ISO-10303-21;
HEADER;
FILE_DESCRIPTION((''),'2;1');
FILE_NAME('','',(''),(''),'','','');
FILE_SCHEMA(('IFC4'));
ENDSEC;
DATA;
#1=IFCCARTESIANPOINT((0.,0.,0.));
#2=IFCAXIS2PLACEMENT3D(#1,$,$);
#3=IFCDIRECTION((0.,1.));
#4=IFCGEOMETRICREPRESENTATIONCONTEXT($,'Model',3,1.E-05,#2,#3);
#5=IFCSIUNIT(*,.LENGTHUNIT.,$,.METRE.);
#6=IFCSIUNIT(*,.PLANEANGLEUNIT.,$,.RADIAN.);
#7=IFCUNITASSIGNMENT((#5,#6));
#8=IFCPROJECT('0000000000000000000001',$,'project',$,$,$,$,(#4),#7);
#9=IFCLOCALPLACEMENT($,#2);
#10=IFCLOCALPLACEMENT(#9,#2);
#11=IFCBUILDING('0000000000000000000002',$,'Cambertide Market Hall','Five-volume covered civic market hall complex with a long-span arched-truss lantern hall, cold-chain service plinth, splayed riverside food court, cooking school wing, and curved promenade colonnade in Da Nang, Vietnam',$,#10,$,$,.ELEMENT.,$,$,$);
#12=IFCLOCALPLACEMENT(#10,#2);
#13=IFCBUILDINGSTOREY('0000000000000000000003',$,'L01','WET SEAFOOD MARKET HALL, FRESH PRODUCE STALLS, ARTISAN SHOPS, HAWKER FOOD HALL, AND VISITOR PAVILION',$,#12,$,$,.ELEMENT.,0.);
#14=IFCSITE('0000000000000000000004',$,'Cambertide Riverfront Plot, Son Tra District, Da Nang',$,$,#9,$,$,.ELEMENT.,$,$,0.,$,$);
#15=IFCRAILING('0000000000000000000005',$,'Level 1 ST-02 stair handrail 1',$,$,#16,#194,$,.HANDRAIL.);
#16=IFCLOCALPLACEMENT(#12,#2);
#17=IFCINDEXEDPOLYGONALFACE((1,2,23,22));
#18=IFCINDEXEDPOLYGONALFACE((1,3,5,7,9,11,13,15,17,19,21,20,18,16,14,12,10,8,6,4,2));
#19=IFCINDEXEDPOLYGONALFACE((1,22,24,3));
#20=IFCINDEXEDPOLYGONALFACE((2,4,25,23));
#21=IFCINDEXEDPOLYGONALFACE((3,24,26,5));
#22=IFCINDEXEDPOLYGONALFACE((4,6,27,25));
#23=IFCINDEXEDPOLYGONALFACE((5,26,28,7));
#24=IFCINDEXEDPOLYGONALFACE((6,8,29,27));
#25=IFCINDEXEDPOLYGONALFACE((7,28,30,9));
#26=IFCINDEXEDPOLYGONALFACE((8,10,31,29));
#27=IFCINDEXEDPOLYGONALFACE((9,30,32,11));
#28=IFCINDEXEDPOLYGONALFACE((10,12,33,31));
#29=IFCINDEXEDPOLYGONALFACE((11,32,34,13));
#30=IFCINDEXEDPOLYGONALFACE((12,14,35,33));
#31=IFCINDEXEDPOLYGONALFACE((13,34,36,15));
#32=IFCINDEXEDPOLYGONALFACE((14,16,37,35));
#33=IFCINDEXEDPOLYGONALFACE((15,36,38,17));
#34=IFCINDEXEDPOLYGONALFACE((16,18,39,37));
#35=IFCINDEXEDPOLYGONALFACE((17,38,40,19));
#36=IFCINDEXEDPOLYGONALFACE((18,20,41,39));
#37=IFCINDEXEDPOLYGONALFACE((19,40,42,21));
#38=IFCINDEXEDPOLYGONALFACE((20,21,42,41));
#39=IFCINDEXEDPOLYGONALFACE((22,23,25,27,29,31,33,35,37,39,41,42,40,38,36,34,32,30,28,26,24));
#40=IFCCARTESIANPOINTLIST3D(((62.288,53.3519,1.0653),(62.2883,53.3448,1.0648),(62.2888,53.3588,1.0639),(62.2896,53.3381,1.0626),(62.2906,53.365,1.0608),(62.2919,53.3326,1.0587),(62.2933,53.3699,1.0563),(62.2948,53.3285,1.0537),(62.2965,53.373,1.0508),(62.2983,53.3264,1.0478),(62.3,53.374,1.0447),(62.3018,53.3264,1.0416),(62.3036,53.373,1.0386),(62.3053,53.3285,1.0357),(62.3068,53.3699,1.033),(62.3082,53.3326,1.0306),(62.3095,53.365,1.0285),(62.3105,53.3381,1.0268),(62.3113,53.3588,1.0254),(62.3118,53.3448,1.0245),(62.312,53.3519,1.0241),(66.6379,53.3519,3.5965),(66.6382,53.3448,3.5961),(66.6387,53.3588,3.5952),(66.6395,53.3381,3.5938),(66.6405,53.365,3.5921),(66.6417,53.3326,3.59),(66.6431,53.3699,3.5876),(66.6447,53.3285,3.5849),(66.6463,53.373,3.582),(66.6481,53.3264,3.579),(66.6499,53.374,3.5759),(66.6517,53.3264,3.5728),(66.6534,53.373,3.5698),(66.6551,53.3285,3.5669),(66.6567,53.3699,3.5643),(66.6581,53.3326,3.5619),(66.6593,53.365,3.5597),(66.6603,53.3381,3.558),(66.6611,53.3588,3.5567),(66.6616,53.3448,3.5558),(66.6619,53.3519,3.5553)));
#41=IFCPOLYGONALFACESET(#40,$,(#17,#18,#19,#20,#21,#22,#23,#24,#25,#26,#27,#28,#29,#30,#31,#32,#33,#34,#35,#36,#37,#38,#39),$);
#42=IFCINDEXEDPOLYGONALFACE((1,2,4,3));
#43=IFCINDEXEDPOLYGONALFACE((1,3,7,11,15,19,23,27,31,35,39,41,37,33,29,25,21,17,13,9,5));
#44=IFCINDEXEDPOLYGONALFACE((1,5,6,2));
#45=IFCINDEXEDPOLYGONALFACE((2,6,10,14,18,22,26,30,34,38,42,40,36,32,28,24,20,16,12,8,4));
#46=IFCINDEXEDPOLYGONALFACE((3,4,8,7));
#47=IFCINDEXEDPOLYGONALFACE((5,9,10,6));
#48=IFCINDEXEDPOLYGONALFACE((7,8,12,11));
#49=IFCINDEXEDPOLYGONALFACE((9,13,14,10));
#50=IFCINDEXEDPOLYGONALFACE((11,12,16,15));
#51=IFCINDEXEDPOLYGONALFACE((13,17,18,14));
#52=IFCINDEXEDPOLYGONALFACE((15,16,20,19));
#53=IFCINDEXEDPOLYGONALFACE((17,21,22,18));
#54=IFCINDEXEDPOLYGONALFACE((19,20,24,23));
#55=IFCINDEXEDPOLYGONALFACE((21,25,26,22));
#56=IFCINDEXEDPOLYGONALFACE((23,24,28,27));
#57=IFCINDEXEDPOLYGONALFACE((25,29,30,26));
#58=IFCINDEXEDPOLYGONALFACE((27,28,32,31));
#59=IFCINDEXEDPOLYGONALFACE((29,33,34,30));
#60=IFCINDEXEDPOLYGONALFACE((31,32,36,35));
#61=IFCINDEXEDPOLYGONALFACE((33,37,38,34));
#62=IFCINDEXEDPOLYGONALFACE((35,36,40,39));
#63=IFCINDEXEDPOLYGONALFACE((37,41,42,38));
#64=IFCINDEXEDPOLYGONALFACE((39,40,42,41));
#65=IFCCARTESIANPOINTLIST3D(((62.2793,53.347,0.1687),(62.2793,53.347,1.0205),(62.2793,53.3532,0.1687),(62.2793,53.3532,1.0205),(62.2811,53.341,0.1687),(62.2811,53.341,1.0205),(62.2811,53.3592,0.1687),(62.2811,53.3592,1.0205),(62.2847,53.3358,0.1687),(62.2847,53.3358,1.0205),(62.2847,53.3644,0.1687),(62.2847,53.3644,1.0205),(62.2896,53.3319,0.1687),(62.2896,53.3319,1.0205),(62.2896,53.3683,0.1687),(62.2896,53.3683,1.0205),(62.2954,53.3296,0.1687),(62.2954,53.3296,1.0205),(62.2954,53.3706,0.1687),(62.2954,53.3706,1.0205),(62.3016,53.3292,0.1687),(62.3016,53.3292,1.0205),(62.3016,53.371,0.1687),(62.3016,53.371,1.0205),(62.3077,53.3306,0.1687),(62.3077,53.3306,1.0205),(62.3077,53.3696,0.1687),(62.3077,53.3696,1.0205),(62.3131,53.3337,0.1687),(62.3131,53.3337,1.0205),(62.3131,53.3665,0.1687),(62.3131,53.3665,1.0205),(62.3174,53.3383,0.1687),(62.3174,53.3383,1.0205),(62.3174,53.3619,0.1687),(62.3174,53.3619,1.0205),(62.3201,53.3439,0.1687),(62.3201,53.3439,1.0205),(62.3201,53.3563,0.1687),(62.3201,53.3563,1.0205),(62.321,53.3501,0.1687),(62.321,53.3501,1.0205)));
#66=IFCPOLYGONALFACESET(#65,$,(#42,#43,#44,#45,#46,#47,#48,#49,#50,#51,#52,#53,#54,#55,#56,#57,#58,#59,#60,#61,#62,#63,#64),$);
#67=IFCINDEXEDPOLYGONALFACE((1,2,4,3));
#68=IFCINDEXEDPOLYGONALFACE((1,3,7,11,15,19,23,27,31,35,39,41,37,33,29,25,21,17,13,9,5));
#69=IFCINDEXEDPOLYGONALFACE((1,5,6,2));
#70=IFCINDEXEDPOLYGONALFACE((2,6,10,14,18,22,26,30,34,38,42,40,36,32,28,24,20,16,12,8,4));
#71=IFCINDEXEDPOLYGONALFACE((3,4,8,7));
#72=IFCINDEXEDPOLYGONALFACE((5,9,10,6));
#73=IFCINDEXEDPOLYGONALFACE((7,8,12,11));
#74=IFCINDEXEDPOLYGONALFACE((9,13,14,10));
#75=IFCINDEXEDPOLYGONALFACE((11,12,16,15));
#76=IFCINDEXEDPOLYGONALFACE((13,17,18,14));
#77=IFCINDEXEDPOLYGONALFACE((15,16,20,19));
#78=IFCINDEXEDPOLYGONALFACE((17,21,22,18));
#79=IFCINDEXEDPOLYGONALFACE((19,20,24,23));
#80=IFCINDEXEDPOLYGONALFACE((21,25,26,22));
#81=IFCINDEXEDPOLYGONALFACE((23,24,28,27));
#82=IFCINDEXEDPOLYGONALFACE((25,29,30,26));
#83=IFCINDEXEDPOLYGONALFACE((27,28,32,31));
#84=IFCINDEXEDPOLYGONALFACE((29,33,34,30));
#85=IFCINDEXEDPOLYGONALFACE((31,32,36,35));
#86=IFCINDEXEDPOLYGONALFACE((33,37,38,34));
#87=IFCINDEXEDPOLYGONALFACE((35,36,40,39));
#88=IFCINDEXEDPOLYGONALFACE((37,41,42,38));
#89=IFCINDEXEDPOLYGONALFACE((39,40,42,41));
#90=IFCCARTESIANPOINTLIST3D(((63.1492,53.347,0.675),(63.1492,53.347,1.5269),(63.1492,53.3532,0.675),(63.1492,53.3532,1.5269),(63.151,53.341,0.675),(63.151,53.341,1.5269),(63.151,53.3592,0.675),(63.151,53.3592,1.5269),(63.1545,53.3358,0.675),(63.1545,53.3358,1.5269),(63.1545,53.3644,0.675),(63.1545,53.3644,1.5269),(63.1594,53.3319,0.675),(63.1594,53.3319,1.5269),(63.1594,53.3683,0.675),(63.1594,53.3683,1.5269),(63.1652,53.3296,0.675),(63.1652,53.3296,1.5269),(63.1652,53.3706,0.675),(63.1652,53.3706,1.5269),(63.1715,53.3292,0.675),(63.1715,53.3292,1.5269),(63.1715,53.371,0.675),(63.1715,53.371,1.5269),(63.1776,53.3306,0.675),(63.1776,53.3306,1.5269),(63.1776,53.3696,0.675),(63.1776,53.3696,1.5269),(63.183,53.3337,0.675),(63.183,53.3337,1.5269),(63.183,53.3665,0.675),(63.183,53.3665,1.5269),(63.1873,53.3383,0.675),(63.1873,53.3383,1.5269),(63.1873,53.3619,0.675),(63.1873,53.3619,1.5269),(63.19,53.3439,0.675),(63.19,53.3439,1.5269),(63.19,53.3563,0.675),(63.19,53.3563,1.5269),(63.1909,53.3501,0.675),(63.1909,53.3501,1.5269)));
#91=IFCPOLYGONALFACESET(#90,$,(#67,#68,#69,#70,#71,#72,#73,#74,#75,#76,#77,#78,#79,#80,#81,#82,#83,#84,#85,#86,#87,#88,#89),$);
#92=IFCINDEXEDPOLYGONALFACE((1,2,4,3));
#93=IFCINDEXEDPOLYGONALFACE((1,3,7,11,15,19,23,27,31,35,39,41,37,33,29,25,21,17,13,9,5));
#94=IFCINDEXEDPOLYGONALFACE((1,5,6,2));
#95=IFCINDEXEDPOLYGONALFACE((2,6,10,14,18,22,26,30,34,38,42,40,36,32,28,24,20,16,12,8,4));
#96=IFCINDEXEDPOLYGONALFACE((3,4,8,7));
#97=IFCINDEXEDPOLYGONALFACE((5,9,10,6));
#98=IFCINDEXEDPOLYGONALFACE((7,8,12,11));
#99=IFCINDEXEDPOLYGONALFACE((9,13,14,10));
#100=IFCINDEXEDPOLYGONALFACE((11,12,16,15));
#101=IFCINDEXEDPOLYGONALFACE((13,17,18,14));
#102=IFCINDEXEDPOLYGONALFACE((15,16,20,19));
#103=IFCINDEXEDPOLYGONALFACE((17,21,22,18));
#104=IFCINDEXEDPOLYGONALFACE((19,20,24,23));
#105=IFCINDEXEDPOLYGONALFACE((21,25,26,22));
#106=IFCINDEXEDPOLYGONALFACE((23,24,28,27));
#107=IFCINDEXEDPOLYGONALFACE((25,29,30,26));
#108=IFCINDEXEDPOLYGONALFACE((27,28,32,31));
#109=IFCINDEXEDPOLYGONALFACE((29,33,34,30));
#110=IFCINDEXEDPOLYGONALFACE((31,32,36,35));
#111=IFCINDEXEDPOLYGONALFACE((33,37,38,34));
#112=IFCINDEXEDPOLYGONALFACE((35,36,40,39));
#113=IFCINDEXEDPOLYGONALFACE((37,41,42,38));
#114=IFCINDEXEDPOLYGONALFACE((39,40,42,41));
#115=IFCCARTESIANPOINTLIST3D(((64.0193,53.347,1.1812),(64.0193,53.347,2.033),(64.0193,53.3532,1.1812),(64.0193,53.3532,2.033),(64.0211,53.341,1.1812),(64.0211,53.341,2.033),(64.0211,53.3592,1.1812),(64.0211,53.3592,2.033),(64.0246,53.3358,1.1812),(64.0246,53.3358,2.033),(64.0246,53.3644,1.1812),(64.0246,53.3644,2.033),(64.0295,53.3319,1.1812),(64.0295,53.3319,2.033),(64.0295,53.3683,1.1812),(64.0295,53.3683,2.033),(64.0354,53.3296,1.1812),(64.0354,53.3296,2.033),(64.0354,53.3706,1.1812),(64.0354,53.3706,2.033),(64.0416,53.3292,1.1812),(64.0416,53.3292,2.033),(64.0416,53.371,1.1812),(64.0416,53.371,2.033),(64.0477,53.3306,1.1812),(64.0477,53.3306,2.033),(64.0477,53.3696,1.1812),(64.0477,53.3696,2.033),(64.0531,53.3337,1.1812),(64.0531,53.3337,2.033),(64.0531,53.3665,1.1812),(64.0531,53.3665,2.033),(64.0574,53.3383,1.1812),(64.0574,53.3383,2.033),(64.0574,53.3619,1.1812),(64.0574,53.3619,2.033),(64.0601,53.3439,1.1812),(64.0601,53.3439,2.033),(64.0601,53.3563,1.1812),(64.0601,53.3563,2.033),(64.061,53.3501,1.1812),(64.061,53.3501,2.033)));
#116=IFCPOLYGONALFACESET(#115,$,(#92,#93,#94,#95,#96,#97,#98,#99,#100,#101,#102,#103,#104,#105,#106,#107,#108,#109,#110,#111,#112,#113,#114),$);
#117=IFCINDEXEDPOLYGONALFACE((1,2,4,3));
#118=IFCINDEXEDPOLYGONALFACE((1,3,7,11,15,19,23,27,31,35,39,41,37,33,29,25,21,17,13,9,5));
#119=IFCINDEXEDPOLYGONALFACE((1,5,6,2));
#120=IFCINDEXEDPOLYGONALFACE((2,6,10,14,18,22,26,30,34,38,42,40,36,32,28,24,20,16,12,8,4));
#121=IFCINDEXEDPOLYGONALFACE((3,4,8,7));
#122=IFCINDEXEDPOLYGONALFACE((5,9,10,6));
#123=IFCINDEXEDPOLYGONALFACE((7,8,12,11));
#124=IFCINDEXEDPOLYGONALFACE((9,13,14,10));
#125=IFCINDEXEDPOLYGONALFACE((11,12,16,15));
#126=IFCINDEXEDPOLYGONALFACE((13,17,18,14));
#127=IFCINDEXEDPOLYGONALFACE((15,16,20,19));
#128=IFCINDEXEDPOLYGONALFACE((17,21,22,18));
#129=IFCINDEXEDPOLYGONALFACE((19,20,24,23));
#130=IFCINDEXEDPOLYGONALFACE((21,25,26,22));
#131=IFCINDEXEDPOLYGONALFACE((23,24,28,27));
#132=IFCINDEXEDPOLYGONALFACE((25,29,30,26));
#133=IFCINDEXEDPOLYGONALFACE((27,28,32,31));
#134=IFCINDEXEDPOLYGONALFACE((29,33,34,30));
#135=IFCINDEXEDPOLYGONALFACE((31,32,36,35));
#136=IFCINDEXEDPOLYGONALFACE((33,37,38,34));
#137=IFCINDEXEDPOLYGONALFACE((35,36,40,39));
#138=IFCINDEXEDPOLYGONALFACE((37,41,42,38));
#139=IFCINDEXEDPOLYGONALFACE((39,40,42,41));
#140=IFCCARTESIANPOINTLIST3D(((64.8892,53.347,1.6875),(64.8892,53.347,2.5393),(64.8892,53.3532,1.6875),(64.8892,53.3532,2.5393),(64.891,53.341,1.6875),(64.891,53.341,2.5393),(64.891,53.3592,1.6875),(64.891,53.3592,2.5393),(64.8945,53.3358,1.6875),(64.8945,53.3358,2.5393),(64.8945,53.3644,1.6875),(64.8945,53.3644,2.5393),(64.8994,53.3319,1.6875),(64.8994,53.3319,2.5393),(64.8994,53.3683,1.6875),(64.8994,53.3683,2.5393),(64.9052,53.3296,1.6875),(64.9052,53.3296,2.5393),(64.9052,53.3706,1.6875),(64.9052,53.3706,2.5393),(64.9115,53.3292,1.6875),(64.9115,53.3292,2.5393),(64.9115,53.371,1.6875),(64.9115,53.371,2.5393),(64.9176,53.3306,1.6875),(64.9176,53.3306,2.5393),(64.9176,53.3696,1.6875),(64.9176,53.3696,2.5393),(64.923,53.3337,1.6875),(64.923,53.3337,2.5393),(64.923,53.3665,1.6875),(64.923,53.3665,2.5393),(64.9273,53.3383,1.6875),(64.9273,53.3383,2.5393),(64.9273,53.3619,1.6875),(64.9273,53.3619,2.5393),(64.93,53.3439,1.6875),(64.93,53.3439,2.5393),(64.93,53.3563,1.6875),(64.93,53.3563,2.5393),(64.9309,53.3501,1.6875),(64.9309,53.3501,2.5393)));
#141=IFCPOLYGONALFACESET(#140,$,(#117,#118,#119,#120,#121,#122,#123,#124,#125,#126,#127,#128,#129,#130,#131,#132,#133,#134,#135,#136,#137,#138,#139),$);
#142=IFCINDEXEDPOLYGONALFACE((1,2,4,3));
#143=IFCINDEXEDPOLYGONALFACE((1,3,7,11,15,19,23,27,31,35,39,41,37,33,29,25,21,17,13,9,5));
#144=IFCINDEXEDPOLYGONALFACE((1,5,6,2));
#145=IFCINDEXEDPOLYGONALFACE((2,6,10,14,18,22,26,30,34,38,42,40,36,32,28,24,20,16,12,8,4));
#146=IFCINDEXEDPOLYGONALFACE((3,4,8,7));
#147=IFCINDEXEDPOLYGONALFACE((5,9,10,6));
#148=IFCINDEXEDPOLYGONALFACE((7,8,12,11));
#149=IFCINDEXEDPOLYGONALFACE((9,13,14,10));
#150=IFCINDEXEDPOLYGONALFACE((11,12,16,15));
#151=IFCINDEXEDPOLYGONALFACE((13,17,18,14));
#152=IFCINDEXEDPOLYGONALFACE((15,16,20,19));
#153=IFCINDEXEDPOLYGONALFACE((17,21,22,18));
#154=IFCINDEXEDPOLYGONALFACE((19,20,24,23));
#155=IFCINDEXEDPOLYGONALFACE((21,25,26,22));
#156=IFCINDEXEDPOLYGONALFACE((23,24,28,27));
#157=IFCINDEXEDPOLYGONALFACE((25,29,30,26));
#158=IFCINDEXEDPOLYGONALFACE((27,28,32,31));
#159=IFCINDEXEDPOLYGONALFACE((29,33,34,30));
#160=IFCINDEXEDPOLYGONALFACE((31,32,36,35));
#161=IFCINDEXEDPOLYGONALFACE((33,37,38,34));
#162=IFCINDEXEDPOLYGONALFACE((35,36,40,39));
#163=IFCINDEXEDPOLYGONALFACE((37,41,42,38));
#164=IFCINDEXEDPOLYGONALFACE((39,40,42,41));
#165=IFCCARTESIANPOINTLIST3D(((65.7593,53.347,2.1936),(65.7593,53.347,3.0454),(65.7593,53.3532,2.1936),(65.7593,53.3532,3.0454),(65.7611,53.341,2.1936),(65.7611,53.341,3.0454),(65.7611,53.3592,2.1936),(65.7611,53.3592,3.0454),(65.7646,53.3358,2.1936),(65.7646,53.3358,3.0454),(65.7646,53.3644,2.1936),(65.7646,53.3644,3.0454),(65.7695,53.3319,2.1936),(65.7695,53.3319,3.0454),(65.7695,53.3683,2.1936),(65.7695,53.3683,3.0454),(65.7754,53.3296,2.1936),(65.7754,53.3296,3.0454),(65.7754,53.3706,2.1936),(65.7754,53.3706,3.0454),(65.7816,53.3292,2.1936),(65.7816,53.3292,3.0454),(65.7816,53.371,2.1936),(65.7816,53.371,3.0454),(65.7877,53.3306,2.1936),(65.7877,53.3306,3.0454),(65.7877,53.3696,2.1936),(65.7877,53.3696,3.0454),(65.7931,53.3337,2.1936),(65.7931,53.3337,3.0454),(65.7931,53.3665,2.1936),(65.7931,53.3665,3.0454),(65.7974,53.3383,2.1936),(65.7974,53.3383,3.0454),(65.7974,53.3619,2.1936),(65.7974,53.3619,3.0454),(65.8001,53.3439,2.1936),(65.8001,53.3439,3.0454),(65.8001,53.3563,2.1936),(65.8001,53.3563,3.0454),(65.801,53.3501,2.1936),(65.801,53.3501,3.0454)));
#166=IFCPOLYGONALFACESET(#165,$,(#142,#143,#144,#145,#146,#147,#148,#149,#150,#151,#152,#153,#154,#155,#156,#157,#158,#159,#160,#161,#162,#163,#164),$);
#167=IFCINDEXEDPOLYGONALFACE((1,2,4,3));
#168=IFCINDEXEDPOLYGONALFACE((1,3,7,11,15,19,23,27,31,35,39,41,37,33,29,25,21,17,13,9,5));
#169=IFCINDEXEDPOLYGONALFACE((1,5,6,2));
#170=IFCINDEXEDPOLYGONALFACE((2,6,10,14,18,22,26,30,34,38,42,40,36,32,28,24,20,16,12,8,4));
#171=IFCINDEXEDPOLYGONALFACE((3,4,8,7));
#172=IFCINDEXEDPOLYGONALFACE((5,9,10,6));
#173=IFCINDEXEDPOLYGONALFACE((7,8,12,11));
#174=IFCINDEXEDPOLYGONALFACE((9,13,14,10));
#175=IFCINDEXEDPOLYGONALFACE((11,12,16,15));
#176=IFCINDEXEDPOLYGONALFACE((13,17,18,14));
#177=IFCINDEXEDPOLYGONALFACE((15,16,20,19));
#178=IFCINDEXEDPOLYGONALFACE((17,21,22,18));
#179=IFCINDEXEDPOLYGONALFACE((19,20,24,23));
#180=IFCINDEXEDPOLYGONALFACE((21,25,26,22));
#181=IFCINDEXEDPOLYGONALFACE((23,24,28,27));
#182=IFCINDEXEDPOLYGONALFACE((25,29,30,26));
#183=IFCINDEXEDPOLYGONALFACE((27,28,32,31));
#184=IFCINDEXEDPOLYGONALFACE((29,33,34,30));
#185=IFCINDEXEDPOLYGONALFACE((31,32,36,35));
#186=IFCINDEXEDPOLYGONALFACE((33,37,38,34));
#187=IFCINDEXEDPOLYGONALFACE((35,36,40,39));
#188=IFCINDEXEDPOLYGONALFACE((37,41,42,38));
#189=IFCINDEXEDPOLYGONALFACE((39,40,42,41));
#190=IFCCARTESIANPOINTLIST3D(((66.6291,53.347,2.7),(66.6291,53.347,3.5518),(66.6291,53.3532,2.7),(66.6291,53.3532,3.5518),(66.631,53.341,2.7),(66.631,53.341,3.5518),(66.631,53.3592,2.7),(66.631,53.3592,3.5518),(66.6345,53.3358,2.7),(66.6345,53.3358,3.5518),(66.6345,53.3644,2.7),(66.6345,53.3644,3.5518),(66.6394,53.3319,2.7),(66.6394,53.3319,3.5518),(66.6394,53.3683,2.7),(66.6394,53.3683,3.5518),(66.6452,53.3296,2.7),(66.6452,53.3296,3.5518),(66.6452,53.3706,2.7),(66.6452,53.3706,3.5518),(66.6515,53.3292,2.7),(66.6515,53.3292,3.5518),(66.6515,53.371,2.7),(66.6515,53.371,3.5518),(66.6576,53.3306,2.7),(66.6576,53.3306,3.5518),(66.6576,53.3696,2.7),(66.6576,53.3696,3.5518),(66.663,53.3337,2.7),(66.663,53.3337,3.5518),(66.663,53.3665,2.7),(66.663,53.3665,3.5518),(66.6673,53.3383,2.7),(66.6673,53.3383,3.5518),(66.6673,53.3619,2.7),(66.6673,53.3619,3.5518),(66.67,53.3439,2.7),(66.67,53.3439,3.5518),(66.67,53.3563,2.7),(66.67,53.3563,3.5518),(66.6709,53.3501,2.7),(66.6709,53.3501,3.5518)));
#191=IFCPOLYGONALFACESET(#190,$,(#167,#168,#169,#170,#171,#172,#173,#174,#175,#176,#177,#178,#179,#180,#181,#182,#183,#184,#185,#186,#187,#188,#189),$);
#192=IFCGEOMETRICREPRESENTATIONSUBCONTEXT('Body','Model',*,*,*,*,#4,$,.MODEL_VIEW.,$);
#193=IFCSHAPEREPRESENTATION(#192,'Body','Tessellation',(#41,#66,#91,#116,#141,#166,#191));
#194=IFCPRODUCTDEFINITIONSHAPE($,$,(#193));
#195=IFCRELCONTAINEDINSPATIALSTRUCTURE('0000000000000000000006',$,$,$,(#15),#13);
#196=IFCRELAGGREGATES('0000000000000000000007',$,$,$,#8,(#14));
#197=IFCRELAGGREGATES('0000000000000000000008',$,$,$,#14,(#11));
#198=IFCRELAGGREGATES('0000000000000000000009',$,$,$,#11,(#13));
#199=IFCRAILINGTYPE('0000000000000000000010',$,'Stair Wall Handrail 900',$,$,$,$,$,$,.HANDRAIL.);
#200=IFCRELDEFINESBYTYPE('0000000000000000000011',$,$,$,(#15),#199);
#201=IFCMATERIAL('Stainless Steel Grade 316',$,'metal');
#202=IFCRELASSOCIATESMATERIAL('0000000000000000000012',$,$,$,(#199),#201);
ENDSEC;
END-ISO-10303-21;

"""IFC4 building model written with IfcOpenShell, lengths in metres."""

from ifc_helpers import new_model, si_unit, direction, frame, origin, origin_2d, place, context, subcontext, project, spatial, circle, extrude, material, type_object, element, save


model = new_model("IFC4")

# Units and contexts
model_context = context("Model", 3, precision=1e-05, world=origin(), true_north=direction((0.0, 1.0)))
body_context = subcontext(model_context, "Body", "Model", "MODEL_VIEW")
ifc_project = project(units=[si_unit("LENGTHUNIT", "METRE"), si_unit("PLANEANGLEUNIT", "RADIAN")], contexts=[model_context])

# Site, building, storey
site_placement = place(None, origin())
site = spatial("IfcSite", under=ifc_project, at=site_placement, Name="Cambertide Riverfront Plot, Son Tra District, Da Nang", CompositionType="ELEMENT", RefElevation=0.0)
building_placement = place(site_placement, origin())
building = spatial("IfcBuilding", under=site, at=building_placement, Name="Cambertide Market Hall", Description="Five-volume covered civic market hall complex with a long-span arched-truss lantern hall, cold-chain service plinth, splayed riverside food court, cooking school wing, and curved promenade colonnade in Da Nang, Vietnam", CompositionType="ELEMENT")
storey_placement = place(building_placement, origin())
storey = spatial("IfcBuildingStorey", under=building, at=storey_placement, Name="L01", Description="WET SEAFOOD MARKET HALL, FRESH PRODUCE STALLS, ARTISAN SHOPS, HAWKER FOOD HALL, AND VISITOR PAVILION", CompositionType="ELEMENT", Elevation=0.0)

# Railing
ifc_material_1 = material(Name="Stainless Steel Grade 316", Category="metal")
railing_type_1 = type_object("IfcRailingType", Name="Stair Wall Handrail 900", PredefinedType="HANDRAIL", material=ifc_material_1)
railing_1_placement = place(storey_placement, frame((62.3, 53.3501, 0.1687)))
element("IfcRailing", 1, at=railing_1_placement, inside=storey, type_object=railing_type_1, Name="Level 1 ST-02 stair handrail 1", PredefinedType="HANDRAIL", context=body_context, shape_type="SweptSolid", body=[
    extrude(circle(Radius=0.0239, at=origin_2d()), frame((0.0, 0.0, 0.876), z_axis=(0.864312, 0.0, 0.502957), x_axis=(0.0, 1.0, 0.0)), (0.0, 0.0, 1.0), 5.0327),
    extrude(circle(Radius=0.021, at=origin_2d()), origin(), (0.0, 0.0, 1.0), 0.8518),
    extrude(circle(Radius=0.021, at=origin_2d()), frame((0.8699, 0.0, 0.5063)), (0.0, 0.0, 1.0), 0.8518),
    extrude(circle(Radius=0.021, at=origin_2d()), frame((1.74, 0.0, 1.0125)), (0.0, 0.0, 1.0), 0.8518),
    extrude(circle(Radius=0.021, at=origin_2d()), frame((2.6099, 0.0, 1.5188)), (0.0, 0.0, 1.0), 0.8518),
    extrude(circle(Radius=0.021, at=origin_2d()), frame((3.48, 0.0, 2.0249)), (0.0, 0.0, 1.0), 0.8518),
    extrude(circle(Radius=0.021, at=origin_2d()), frame((4.3499, 0.0, 2.5312)), (0.0, 0.0, 1.0), 0.8518),
])

save(model, "model.ifc")
